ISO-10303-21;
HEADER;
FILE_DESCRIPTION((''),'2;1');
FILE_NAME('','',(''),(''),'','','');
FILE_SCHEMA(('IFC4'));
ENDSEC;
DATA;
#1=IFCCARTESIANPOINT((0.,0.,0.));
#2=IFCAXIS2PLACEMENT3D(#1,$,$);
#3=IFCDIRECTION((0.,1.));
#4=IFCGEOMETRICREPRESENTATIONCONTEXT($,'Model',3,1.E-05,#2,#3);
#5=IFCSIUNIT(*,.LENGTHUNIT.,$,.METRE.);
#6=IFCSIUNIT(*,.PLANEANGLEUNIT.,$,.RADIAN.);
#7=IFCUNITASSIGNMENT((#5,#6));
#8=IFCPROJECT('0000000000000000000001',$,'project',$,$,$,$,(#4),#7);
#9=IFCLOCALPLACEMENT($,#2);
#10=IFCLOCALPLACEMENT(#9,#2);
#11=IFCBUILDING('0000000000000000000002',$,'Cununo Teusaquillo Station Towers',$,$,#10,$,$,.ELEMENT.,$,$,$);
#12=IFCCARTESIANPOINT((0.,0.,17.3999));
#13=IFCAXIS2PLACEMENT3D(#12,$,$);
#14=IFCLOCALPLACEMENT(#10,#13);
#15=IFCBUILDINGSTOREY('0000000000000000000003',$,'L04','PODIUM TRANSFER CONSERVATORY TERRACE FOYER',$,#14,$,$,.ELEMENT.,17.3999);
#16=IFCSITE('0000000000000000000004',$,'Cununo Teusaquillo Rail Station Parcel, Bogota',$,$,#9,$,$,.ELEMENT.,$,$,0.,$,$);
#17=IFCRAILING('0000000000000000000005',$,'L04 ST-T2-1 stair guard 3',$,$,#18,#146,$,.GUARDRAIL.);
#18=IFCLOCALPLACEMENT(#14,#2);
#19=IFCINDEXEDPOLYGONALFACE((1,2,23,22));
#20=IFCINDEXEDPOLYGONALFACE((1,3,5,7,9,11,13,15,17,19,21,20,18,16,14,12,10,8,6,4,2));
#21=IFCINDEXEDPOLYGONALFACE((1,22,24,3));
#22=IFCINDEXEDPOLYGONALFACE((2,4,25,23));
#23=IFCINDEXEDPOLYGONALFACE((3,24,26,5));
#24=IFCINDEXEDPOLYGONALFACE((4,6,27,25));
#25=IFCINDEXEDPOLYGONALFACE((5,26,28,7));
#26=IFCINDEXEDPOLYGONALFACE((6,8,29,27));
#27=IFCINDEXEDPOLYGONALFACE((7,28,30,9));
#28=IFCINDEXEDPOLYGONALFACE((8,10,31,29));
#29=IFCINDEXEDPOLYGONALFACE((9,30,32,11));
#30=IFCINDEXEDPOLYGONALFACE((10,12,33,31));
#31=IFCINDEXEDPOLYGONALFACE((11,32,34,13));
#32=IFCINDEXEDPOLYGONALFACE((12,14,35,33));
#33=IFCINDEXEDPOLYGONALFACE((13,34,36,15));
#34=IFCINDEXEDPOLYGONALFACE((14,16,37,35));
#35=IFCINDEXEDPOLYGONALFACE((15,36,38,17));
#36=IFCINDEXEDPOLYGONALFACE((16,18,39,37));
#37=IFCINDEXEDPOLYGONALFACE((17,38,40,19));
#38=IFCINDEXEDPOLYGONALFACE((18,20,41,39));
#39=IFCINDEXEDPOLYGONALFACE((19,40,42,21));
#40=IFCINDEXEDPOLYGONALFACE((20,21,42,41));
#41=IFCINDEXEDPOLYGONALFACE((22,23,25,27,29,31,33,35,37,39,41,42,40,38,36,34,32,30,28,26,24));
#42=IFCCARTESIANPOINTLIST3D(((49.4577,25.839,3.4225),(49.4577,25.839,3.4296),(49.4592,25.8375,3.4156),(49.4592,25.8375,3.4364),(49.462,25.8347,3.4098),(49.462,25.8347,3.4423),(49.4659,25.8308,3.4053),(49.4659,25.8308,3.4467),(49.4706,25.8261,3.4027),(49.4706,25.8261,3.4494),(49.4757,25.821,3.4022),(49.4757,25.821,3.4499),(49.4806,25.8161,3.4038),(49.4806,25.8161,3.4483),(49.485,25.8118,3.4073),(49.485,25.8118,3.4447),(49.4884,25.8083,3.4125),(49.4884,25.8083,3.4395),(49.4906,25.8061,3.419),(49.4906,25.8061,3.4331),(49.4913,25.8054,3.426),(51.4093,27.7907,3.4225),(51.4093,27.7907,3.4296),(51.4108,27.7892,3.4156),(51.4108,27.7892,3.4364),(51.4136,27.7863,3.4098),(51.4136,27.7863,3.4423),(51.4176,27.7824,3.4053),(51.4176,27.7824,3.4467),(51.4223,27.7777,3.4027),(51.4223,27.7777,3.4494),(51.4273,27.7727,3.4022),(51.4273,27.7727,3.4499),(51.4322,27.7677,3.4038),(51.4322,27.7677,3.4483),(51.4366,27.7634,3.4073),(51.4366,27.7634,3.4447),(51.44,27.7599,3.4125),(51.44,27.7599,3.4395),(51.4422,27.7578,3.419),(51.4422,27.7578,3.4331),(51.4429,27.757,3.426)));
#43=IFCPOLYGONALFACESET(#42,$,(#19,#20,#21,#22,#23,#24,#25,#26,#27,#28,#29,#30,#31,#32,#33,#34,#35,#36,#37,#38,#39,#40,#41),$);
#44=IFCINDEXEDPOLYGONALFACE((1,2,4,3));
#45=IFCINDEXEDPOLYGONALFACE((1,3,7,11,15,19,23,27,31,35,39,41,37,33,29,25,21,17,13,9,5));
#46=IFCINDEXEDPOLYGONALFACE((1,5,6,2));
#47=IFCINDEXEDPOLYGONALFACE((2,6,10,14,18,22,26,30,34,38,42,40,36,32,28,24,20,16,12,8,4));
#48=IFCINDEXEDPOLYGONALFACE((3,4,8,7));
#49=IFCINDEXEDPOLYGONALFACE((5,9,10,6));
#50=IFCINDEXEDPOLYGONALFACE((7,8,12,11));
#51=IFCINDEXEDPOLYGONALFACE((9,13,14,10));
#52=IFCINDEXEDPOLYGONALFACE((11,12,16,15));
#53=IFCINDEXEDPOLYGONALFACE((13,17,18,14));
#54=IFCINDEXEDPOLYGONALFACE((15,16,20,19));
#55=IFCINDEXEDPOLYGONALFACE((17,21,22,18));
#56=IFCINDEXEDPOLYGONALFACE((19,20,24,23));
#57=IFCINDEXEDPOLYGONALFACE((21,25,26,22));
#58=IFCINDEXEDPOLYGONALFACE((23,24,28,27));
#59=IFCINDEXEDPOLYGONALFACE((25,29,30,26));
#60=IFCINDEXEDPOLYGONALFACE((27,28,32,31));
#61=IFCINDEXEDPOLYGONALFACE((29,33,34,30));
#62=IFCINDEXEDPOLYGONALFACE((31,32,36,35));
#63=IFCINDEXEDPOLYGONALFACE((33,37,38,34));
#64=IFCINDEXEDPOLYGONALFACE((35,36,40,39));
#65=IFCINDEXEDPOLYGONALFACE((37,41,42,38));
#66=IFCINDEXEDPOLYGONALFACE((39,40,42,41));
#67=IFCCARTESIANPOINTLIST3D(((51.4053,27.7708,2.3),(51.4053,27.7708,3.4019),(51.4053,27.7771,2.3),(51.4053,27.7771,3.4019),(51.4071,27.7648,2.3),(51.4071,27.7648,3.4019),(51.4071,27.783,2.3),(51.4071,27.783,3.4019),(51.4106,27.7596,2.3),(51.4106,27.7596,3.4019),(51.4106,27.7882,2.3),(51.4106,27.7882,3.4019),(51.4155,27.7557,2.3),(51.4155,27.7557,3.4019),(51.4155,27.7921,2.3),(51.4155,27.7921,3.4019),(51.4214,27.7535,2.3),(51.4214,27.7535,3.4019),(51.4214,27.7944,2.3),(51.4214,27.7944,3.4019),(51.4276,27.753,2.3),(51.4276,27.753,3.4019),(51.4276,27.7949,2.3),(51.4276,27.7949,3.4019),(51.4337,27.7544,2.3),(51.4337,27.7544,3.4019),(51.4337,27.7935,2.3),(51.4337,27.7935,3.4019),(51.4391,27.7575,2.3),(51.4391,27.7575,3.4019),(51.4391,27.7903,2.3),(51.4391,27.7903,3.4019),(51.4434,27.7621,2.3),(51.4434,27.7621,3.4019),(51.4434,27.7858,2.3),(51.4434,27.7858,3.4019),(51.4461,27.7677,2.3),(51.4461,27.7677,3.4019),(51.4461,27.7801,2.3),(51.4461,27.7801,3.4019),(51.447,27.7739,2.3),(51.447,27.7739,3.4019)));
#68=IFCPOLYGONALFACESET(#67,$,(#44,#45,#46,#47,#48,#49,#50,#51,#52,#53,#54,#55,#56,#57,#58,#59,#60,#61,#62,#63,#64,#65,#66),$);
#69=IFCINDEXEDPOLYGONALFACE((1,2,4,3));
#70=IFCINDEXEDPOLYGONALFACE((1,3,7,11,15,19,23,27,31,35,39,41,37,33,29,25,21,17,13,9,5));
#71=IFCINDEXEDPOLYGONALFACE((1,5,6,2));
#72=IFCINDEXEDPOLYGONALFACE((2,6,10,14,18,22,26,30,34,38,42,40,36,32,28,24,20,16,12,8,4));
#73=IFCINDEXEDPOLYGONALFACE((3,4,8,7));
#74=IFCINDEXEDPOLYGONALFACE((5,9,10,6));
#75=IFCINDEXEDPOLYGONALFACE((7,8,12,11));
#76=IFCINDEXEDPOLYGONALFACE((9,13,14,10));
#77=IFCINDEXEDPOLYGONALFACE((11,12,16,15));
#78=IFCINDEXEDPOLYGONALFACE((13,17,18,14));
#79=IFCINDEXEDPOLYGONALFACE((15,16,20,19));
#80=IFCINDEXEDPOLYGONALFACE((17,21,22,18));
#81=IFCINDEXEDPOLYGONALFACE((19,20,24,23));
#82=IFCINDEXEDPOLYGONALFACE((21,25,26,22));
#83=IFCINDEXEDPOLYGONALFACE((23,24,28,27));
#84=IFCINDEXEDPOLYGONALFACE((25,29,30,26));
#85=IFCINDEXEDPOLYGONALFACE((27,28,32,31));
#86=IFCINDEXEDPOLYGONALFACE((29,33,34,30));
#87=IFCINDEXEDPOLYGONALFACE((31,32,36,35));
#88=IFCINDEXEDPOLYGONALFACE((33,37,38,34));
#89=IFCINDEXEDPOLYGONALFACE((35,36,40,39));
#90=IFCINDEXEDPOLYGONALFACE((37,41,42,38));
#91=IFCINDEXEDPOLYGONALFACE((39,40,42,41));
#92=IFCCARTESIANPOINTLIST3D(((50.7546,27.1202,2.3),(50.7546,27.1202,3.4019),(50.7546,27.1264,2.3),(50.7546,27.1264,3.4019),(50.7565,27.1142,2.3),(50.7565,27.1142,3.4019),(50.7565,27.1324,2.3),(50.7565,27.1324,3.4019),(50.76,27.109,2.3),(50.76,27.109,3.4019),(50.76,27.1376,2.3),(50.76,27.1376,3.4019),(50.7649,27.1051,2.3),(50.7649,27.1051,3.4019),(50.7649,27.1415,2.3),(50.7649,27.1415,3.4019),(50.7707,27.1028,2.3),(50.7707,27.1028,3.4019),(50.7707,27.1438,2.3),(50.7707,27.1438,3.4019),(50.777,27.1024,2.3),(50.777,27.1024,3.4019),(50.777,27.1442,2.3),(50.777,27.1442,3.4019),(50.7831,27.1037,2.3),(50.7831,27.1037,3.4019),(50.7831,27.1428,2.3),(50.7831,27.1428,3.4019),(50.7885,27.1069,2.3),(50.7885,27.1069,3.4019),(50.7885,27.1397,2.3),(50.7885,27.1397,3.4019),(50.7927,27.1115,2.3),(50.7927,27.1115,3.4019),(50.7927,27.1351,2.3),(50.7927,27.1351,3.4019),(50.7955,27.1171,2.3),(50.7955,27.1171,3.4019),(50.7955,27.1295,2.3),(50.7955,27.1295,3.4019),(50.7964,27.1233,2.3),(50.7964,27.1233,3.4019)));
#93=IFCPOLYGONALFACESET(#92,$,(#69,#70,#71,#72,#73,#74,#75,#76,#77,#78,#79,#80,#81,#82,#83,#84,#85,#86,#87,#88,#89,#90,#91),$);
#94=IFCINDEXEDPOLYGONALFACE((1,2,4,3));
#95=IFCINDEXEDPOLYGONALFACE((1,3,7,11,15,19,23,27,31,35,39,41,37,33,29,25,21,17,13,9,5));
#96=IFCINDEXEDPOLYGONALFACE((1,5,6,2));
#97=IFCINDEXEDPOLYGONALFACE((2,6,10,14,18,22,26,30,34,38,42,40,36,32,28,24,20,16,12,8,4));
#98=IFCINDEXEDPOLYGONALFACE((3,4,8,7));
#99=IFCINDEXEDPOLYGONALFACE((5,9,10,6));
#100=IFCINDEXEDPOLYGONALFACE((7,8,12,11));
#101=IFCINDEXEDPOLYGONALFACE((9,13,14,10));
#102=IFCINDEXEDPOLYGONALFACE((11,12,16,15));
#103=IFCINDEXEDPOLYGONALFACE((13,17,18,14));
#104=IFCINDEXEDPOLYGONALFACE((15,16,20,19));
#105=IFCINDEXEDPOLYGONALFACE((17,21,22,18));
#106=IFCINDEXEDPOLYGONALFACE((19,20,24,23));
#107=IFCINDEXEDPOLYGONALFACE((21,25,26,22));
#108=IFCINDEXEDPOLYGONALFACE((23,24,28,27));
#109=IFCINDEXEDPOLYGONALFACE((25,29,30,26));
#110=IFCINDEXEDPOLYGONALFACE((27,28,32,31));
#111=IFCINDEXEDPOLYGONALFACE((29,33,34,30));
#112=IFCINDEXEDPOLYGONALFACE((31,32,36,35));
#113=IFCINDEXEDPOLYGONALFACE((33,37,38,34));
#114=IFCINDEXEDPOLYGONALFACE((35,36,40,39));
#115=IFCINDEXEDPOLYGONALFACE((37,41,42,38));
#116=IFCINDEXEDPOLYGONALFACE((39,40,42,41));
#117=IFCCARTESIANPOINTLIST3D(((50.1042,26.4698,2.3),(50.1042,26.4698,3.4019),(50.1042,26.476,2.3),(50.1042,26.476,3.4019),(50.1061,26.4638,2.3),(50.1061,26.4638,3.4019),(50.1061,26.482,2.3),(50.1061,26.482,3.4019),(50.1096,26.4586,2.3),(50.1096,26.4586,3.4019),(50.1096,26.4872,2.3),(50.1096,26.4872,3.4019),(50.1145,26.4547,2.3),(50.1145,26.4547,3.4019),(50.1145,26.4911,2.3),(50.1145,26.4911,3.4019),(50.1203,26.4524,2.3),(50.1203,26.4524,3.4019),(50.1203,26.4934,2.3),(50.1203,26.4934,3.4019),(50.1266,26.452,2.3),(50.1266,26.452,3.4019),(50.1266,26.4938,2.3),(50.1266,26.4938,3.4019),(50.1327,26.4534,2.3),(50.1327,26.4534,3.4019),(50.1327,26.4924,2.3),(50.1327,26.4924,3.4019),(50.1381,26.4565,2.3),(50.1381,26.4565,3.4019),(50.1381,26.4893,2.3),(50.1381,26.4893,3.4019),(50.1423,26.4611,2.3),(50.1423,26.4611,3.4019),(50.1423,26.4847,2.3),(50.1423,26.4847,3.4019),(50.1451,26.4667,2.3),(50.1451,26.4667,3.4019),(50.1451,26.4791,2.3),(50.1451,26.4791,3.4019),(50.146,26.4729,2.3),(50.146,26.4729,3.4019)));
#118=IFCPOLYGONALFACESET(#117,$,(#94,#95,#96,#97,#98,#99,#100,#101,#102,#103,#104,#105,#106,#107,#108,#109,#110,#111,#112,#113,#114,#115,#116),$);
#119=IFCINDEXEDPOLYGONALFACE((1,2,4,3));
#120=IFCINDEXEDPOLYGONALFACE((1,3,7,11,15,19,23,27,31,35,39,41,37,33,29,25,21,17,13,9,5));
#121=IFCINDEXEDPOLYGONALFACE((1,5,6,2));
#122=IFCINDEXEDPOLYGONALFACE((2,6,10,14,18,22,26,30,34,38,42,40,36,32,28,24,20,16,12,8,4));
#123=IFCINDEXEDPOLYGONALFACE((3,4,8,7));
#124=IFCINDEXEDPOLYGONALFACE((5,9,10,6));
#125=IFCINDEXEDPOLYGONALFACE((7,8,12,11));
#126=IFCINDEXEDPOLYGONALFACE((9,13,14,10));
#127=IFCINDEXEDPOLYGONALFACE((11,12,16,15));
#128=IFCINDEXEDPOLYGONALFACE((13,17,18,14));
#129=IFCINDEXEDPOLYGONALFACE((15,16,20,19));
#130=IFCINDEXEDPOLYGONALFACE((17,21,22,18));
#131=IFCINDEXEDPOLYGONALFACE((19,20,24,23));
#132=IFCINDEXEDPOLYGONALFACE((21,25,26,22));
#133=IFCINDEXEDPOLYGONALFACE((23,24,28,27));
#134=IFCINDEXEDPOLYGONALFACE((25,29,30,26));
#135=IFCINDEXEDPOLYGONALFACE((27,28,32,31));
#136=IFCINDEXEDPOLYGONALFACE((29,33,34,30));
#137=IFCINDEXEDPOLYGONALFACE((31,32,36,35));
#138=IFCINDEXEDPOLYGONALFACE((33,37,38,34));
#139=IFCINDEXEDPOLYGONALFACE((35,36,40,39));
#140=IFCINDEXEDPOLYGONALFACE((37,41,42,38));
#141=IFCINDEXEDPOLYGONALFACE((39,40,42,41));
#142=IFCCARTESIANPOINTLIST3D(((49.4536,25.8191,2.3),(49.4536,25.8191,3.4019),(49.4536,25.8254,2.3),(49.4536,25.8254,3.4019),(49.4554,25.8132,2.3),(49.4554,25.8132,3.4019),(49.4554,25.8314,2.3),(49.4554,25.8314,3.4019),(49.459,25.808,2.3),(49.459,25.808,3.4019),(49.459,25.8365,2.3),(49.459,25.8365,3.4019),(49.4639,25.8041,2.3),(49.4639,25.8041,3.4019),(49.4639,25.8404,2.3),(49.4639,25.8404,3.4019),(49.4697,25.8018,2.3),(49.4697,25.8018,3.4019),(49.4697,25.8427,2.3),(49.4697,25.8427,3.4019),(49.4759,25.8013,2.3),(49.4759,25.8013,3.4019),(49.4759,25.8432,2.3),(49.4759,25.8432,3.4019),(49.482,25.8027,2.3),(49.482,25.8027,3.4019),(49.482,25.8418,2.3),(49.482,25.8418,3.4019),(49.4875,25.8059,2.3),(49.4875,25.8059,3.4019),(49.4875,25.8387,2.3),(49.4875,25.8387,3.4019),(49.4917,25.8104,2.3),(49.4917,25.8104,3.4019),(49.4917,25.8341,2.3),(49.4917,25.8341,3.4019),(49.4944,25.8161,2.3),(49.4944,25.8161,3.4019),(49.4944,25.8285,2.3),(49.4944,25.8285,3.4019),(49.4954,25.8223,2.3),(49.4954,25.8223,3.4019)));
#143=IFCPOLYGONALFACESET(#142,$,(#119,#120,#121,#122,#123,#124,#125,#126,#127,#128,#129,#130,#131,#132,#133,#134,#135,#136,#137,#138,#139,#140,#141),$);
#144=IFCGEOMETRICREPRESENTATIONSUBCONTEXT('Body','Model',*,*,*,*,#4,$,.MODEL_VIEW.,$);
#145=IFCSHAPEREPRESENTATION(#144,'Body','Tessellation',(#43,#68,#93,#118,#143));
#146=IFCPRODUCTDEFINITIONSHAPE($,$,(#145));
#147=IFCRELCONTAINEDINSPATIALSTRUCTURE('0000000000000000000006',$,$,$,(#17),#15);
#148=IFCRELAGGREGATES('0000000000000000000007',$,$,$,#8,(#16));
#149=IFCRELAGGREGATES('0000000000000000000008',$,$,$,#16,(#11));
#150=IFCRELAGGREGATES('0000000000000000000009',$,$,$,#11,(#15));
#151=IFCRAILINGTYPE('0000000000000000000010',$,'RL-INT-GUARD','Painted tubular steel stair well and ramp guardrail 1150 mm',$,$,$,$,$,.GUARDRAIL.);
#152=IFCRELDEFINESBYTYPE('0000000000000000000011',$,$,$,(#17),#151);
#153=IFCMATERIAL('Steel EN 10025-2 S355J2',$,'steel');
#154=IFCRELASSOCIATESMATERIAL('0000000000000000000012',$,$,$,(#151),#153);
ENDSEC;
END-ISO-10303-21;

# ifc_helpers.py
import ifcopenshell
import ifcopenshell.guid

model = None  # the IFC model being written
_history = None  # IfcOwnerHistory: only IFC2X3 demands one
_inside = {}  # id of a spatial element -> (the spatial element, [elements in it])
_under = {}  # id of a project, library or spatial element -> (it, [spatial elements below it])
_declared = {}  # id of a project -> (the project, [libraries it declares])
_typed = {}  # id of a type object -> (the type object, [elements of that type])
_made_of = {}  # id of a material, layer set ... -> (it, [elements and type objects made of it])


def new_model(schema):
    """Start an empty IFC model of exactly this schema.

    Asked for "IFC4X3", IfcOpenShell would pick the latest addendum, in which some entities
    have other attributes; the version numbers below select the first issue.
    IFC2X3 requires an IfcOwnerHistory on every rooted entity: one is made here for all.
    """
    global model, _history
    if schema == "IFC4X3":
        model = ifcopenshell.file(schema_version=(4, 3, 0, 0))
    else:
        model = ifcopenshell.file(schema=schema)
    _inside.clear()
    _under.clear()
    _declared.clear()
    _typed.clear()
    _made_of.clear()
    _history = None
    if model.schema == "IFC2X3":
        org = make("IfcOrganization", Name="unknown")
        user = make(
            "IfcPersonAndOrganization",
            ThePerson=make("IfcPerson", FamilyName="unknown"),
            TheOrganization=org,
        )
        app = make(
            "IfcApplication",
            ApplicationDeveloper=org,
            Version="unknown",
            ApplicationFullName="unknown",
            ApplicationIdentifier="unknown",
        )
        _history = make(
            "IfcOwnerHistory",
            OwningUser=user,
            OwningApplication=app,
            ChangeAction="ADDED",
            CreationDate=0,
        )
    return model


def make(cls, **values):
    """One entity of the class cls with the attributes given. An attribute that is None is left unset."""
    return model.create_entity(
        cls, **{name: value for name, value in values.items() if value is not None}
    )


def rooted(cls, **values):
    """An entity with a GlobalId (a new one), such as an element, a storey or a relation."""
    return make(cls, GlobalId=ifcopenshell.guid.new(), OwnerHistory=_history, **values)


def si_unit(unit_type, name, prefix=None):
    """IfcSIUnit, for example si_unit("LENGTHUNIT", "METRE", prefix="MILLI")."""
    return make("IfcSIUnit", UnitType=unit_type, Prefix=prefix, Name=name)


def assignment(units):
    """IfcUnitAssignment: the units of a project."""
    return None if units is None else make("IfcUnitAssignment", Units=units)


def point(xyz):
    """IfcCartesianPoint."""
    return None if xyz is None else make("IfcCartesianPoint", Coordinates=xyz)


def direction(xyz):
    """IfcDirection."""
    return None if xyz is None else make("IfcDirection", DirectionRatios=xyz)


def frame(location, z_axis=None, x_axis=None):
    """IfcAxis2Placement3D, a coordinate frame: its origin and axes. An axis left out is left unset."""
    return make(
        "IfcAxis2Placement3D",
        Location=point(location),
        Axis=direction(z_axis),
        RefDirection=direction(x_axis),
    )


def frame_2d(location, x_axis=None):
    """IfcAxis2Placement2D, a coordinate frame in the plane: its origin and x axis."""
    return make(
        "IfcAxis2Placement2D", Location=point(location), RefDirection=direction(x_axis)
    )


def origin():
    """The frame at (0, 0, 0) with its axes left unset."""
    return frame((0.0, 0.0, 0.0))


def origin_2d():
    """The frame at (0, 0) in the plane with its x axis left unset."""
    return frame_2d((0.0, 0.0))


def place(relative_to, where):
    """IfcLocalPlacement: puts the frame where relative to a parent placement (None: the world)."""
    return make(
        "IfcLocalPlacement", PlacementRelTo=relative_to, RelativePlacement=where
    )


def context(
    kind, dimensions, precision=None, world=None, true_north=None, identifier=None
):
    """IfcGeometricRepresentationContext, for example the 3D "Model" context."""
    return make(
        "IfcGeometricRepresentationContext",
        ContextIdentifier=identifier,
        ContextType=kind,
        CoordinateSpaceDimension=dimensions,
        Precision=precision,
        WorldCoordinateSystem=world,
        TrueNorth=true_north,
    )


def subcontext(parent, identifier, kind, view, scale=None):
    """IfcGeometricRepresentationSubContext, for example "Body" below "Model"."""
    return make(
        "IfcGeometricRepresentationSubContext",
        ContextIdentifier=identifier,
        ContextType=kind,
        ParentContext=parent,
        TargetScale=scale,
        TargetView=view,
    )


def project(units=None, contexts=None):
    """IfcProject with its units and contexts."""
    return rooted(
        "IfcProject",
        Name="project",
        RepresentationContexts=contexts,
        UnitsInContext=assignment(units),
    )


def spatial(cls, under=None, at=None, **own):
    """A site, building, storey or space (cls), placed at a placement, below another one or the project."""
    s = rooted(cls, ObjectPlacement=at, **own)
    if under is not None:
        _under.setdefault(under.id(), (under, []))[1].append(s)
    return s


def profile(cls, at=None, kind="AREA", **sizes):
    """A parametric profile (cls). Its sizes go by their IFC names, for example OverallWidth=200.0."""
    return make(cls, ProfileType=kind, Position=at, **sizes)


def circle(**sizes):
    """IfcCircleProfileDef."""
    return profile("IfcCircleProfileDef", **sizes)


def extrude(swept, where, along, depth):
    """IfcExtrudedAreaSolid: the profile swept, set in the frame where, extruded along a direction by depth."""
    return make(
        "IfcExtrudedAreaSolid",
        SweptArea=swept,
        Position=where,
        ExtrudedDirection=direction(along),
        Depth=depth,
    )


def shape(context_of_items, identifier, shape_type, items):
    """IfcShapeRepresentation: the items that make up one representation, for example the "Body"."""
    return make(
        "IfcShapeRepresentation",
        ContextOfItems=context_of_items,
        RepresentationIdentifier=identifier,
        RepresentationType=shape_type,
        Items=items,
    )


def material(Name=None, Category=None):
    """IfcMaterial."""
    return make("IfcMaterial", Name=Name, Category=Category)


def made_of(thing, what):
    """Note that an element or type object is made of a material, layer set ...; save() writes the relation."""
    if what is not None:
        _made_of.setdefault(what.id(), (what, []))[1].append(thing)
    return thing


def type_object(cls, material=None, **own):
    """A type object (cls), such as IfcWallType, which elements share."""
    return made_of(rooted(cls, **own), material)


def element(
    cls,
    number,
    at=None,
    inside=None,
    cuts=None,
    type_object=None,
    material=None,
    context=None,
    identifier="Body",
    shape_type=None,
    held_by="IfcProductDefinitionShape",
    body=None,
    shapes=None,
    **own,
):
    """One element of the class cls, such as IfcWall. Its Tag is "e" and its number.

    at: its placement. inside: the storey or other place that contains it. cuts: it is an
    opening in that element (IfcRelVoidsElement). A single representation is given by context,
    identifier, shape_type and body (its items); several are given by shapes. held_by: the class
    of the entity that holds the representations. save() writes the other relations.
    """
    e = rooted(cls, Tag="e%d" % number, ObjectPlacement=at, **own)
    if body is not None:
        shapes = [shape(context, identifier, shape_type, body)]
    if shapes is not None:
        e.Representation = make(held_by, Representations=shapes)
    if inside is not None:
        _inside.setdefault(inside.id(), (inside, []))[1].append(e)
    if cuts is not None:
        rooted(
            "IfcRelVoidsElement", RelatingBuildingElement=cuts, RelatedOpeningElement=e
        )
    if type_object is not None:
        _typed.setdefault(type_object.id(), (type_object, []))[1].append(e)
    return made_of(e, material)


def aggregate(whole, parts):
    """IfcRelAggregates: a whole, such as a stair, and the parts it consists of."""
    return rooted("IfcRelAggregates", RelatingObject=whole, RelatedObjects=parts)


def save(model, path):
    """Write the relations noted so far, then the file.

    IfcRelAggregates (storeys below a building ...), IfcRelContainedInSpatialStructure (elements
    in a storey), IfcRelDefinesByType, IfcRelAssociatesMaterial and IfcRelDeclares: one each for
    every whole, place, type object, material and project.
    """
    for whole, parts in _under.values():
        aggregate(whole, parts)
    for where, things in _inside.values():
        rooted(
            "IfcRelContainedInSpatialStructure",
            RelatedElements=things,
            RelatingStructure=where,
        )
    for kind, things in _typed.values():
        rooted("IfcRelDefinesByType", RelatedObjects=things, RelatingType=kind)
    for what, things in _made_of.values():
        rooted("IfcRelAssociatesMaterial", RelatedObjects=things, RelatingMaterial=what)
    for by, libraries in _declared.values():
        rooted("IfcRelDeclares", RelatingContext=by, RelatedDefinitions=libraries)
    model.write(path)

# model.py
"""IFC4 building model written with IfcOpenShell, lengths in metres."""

from ifc_helpers import new_model, si_unit, direction, frame, origin, origin_2d, place, context, subcontext, project, spatial, circle, extrude, material, type_object, element, save


model = new_model("IFC4")

# Units and contexts
model_context = context("Model", 3, precision=1e-05, world=origin(), true_north=direction((0.0, 1.0)))
body_context = subcontext(model_context, "Body", "Model", "MODEL_VIEW")
ifc_project = project(units=[si_unit("LENGTHUNIT", "METRE"), si_unit("PLANEANGLEUNIT", "RADIAN")], contexts=[model_context])

# Site, building, storey
site_placement = place(None, origin())
site = spatial("IfcSite", under=ifc_project, at=site_placement, Name="Cununo Teusaquillo Rail Station Parcel, Bogota", CompositionType="ELEMENT", RefElevation=0.0)
building_placement = place(site_placement, origin())
building = spatial("IfcBuilding", under=site, at=building_placement, Name="Cununo Teusaquillo Station Towers", CompositionType="ELEMENT")
storey_placement = place(building_placement, frame((0.0, 0.0, 17.3999)))
storey = spatial("IfcBuildingStorey", under=building, at=storey_placement, Name="L04", Description="PODIUM TRANSFER CONSERVATORY TERRACE FOYER", CompositionType="ELEMENT", Elevation=17.3999)

# Railing
ifc_material_1 = material(Name="Steel EN 10025-2 S355J2", Category="steel")
railing_type = type_object("IfcRailingType", Name="RL-INT-GUARD", Description="Painted tubular steel stair well and ramp guardrail 1150 mm", PredefinedType="GUARDRAIL", material=ifc_material_1)
railing_1_placement = place(storey_placement, frame((51.426, 27.7739, 2.3)))
element("IfcRailing", 1, at=railing_1_placement, inside=storey, type_object=railing_type, Name="L04 ST-T2-1 stair guard 3", PredefinedType="GUARDRAIL", context=body_context, shape_type="SweptSolid", body=[
    extrude(circle(Radius=0.0239, at=origin_2d()), frame((0.0, 0.0, 1.126), z_axis=(-0.707107, -0.707107, 0.0), x_axis=(0.707107, -0.707107, 0.0)), (0.0, 0.0, 1.0), 2.76),
    extrude(circle(Radius=0.021, at=origin_2d()), origin(), (0.0, 0.0, 1.0), 1.1018),
    extrude(circle(Radius=0.021, at=origin_2d()), frame((-0.6506, -0.6506, 0.0)), (0.0, 0.0, 1.0), 1.1018),
    extrude(circle(Radius=0.021, at=origin_2d()), frame((-1.301, -1.301, 0.0)), (0.0, 0.0, 1.0), 1.1018),
    extrude(circle(Radius=0.021, at=origin_2d()), frame((-1.9517, -1.9517, 0.0)), (0.0, 0.0, 1.0), 1.1018),
])

save(model, "model.ifc")
